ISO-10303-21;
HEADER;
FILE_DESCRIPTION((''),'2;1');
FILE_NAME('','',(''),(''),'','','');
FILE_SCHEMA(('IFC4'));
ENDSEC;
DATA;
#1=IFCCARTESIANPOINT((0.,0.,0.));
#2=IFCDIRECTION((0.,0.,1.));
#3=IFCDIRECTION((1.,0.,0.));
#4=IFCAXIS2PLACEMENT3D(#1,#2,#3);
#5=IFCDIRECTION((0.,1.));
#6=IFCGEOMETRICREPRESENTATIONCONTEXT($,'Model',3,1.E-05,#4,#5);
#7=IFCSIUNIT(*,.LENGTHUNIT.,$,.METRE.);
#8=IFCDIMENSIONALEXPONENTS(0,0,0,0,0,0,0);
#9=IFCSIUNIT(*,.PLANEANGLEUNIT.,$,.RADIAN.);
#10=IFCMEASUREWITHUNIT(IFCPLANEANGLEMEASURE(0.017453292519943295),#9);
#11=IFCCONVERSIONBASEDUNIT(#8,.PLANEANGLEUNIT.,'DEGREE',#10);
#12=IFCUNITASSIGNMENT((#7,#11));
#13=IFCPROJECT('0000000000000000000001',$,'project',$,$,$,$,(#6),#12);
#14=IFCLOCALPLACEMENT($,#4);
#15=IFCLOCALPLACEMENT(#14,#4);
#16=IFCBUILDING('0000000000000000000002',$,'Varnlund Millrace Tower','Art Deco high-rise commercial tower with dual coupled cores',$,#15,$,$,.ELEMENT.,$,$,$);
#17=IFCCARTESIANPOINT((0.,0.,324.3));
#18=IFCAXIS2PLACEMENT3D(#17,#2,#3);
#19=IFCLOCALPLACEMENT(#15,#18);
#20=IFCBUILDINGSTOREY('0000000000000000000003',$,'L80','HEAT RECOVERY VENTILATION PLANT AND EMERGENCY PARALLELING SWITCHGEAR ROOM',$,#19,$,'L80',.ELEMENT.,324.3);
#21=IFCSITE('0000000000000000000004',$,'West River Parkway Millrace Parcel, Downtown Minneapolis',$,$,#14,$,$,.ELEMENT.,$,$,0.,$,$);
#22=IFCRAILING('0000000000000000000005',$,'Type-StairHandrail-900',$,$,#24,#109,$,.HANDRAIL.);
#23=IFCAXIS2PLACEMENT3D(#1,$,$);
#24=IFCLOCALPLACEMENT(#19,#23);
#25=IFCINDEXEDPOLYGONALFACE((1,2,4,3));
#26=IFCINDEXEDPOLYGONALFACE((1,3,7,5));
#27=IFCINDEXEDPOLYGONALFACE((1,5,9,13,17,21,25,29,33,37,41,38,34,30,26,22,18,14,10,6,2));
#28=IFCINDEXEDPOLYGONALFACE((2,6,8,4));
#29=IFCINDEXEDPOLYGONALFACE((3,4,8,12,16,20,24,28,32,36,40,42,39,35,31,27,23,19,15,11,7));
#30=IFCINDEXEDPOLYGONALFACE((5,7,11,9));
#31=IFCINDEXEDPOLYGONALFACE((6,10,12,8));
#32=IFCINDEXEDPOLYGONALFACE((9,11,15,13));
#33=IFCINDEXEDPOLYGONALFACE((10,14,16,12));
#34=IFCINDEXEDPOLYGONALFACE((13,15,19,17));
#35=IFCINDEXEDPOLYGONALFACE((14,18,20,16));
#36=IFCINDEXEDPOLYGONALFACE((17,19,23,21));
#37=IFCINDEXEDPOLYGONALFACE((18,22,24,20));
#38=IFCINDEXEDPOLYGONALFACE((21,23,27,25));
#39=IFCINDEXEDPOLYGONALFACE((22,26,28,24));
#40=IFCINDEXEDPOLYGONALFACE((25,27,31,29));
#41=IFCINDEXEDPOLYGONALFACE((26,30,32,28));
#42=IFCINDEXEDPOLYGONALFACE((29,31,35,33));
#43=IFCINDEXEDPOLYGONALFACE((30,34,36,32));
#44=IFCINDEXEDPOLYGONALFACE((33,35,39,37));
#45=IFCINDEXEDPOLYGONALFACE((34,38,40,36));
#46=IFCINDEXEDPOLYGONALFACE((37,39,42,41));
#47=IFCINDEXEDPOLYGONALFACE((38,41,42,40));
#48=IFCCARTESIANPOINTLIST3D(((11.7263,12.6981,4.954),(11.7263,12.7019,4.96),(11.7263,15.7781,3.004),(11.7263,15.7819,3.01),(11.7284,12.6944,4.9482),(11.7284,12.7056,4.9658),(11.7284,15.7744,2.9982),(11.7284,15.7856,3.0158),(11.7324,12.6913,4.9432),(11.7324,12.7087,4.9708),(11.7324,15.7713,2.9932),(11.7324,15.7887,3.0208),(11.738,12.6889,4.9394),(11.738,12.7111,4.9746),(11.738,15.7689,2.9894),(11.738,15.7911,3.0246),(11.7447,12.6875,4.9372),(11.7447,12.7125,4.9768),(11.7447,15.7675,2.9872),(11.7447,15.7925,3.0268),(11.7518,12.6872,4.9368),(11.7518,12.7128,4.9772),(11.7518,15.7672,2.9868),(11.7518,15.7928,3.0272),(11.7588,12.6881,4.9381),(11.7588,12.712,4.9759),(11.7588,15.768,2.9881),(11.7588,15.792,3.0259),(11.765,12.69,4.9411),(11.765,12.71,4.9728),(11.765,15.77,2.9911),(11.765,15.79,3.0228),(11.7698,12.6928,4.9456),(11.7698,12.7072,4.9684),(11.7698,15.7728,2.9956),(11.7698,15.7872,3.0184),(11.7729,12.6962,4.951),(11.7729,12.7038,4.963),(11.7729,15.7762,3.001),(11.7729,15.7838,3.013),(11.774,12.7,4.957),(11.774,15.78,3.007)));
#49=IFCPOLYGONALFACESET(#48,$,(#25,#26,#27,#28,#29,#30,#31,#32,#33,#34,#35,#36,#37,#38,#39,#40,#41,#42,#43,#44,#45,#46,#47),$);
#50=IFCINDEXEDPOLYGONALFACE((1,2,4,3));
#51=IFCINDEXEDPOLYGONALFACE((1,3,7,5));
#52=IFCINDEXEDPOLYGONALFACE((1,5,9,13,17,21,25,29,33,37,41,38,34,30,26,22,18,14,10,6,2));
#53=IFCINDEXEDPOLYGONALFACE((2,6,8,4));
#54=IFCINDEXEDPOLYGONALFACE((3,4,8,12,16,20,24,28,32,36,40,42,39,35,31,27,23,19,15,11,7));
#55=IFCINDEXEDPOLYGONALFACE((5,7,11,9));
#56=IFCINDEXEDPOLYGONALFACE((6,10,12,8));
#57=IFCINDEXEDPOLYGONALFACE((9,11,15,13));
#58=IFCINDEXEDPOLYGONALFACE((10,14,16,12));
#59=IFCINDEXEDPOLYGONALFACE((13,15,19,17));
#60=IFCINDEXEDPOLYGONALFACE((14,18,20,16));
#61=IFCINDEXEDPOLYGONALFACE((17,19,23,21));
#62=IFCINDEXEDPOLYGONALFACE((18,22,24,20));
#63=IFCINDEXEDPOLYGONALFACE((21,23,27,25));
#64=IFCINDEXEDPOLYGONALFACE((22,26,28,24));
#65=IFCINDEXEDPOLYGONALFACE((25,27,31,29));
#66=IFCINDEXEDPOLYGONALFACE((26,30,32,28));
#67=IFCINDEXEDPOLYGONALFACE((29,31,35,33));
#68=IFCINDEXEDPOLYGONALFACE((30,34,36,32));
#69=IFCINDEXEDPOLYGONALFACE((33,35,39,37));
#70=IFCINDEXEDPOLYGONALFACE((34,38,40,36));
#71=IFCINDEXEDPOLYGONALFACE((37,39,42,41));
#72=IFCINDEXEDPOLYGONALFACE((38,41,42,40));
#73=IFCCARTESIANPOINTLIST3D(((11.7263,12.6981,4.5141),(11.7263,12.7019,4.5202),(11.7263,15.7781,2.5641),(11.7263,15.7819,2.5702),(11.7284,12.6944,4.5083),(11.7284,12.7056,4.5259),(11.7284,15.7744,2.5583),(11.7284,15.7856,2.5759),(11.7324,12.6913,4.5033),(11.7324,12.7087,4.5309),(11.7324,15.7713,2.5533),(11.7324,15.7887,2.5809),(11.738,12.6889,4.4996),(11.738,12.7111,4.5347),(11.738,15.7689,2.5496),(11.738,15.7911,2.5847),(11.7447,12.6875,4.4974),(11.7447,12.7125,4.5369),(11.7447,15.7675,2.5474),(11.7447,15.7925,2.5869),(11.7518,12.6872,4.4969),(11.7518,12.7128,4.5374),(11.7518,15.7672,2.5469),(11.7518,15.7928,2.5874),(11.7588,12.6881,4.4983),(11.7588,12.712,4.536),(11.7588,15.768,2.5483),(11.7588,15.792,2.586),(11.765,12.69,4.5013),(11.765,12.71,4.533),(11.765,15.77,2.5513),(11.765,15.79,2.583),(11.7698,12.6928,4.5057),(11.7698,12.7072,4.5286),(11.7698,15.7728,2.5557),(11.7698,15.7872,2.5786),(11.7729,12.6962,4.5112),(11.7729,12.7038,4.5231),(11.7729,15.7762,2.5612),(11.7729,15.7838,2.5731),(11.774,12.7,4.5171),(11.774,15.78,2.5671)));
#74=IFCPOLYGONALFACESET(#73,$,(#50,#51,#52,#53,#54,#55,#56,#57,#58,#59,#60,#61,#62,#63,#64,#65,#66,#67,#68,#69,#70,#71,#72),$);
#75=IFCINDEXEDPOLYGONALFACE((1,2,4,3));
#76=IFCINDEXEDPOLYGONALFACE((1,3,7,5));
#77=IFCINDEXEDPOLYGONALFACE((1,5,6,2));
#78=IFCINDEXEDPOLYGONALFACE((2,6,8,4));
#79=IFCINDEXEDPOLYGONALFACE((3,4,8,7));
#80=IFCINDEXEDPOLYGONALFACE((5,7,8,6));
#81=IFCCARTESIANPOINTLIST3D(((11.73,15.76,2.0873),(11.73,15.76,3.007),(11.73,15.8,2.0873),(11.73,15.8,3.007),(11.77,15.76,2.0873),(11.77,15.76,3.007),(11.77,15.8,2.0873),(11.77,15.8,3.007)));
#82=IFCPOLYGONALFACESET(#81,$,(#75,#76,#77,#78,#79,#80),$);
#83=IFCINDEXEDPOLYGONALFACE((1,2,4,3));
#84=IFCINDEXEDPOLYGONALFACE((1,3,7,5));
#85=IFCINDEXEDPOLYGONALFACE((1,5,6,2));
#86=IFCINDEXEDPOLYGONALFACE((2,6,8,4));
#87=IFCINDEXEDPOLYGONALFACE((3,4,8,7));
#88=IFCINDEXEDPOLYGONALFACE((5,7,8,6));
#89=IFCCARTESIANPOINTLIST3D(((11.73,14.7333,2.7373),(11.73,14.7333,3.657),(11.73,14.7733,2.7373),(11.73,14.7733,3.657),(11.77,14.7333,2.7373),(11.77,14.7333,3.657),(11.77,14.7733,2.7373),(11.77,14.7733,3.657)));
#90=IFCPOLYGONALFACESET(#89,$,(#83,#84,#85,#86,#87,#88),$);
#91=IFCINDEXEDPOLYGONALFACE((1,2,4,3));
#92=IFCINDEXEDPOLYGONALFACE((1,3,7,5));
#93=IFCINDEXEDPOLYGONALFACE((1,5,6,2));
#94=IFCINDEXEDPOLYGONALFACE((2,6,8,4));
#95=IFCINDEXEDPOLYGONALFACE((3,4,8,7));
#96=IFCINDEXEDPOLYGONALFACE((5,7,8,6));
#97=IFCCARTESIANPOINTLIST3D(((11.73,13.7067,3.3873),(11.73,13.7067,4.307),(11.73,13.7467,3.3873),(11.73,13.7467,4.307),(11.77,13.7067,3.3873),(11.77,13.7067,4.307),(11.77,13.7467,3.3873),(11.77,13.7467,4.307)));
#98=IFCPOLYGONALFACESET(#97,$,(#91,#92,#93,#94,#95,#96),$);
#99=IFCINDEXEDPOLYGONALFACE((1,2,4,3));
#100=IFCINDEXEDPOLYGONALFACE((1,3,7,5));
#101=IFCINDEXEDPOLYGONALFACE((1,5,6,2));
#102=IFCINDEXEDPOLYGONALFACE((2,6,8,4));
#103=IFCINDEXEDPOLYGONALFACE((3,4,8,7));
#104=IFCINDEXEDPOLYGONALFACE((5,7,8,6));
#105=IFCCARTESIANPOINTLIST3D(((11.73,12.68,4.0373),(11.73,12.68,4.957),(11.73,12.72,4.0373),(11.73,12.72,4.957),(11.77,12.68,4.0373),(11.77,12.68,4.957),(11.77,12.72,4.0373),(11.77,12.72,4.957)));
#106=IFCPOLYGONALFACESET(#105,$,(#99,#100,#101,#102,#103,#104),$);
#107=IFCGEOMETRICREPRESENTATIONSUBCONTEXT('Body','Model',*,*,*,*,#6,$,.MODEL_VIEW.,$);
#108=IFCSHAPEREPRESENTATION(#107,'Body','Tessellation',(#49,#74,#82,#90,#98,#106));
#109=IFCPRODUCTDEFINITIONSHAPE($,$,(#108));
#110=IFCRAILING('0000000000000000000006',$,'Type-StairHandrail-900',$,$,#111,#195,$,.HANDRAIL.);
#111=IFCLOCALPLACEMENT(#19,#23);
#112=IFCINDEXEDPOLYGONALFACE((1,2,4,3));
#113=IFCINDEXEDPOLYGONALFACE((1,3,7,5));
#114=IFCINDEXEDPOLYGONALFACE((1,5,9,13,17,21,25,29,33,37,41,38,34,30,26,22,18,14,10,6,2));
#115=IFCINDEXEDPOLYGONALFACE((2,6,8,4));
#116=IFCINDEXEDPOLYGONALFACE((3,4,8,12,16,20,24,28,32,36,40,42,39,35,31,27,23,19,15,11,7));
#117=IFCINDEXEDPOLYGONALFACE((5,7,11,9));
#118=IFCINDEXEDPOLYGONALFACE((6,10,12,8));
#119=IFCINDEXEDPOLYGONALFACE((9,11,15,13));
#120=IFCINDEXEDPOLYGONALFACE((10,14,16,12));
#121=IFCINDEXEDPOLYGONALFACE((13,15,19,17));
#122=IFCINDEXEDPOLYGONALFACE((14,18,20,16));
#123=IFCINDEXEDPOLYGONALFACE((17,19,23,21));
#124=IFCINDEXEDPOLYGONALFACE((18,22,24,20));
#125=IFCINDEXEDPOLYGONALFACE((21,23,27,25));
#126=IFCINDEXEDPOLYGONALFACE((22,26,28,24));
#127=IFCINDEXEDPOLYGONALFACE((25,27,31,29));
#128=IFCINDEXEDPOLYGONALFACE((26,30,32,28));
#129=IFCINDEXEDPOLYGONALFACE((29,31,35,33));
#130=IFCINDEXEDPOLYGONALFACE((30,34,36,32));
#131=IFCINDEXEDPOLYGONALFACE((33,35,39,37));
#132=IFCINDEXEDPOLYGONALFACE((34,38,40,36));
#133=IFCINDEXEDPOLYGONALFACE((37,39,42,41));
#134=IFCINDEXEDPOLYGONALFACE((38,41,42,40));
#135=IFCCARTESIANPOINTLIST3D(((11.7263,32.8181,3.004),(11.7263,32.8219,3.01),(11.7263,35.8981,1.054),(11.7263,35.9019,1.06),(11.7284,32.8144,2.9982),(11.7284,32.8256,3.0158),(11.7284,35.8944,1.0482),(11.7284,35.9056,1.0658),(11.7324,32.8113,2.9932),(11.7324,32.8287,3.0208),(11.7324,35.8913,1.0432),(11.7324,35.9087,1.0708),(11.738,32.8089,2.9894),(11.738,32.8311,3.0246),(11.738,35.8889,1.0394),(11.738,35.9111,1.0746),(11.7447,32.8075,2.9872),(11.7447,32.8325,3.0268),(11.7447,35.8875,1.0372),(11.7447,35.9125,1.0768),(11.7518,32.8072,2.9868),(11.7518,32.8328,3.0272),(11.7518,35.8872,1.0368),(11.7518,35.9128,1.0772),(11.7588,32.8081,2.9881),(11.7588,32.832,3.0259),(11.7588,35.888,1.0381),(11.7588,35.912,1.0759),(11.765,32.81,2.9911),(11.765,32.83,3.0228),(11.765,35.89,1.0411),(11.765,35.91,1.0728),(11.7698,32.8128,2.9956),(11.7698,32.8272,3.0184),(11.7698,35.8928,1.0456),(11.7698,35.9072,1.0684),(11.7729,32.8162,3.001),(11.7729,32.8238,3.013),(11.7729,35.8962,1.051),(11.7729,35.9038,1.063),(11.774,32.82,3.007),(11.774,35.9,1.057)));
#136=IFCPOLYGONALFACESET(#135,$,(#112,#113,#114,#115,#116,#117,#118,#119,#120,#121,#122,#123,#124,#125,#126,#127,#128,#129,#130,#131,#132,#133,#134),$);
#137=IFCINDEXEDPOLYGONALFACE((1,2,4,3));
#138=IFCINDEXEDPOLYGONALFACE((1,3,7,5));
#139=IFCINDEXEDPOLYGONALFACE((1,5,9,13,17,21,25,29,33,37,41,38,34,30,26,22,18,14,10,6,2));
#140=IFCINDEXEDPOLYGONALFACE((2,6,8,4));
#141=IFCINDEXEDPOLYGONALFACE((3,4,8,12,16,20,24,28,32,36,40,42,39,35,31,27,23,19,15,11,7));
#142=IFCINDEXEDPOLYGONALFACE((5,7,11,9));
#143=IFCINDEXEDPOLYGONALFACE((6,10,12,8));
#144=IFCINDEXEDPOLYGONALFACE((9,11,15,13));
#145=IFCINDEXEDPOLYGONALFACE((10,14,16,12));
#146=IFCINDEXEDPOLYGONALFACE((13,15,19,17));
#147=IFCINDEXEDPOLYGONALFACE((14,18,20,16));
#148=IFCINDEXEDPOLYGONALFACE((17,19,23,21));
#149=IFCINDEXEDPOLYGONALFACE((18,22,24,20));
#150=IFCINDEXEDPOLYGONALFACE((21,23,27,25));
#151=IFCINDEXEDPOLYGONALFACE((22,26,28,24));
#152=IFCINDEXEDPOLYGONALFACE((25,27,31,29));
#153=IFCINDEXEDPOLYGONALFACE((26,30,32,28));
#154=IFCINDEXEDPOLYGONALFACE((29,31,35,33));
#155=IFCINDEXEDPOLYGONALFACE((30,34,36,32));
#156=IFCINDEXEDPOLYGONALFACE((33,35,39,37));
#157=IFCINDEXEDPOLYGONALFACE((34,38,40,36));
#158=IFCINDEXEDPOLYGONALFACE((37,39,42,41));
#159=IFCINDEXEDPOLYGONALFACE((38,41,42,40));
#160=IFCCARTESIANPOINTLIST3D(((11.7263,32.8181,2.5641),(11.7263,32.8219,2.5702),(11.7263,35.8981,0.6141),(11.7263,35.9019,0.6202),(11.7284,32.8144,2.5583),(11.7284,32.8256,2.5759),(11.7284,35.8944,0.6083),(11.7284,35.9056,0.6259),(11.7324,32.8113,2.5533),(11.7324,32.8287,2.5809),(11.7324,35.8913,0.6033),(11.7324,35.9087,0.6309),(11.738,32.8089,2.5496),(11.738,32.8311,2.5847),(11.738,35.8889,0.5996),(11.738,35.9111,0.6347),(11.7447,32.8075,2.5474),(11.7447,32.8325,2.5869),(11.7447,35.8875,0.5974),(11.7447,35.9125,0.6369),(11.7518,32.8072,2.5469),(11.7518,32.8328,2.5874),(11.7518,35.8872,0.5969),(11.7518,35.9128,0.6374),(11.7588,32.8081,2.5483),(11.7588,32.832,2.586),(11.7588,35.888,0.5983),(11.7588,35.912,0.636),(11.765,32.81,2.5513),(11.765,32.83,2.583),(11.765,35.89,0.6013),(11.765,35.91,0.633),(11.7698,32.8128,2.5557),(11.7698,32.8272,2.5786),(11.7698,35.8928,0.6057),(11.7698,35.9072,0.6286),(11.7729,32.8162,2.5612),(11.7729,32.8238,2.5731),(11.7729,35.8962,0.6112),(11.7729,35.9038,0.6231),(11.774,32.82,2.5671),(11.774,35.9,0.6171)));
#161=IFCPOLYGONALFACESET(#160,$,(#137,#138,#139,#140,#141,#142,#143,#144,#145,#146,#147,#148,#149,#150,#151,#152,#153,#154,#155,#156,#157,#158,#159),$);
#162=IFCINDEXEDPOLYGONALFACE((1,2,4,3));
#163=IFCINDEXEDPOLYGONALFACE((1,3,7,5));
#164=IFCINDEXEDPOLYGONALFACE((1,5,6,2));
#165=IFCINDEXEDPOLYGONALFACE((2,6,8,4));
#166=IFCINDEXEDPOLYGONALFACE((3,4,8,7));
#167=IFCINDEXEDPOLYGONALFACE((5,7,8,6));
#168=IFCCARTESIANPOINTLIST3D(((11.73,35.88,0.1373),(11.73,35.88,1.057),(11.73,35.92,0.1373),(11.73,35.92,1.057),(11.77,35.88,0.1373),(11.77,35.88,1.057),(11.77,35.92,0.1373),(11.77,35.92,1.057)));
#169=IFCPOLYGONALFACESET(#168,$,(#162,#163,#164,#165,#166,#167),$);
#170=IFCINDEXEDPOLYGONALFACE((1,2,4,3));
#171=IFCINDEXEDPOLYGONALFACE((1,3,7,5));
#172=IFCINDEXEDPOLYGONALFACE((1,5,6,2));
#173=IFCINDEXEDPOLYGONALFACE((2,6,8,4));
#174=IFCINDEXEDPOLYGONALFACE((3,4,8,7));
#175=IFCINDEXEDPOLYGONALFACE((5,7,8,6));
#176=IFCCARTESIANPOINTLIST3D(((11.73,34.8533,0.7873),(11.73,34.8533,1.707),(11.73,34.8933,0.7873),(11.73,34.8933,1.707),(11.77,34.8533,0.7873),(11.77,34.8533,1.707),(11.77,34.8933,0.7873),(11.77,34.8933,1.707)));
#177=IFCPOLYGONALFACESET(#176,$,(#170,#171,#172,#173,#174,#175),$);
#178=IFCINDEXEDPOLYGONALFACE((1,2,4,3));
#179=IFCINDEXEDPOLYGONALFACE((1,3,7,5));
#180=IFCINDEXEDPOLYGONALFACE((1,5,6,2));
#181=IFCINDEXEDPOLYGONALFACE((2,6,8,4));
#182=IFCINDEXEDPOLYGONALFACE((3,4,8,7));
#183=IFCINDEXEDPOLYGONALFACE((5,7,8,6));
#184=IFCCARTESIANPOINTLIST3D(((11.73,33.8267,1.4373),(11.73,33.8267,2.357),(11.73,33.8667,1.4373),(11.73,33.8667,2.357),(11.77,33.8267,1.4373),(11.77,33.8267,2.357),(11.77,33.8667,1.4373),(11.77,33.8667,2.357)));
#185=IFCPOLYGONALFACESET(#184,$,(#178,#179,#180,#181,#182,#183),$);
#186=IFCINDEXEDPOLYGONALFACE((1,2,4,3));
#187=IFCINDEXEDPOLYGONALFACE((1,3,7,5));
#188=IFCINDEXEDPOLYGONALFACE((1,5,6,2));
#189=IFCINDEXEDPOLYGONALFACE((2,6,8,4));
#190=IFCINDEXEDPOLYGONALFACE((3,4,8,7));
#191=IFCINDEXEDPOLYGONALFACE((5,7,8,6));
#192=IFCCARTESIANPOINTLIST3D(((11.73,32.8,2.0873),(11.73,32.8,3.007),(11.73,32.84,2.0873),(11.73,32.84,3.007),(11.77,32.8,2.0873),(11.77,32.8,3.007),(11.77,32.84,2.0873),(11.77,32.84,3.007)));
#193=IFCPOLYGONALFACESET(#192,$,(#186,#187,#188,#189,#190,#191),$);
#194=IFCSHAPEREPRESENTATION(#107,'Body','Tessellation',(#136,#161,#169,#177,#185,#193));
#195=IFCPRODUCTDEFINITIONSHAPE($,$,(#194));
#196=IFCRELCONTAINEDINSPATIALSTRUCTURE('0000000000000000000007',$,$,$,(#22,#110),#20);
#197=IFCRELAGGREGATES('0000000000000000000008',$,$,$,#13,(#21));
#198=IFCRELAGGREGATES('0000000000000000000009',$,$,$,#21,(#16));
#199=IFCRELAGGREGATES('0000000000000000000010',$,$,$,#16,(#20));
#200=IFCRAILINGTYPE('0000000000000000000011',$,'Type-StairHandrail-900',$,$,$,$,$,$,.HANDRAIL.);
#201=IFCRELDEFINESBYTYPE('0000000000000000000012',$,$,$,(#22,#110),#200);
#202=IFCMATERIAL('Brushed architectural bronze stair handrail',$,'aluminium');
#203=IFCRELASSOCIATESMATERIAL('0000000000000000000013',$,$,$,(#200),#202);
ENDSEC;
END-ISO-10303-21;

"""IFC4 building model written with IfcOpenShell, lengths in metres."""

from ifc_helpers import new_model, entity, si_unit, converted_unit, direction, frame, origin_with_axes, origin_2d_with_axis, place, context, subcontext, project, spatial, rectangle, circle, extrude, material, type_object, element, save


model = new_model("IFC4")

# Units and contexts
model_context = context("Model", 3, precision=1e-05, world=origin_with_axes(), true_north=direction((0.0, 1.0)))
body_context = subcontext(model_context, "Body", "Model", "MODEL_VIEW")
ifc_project = project(units=[si_unit("LENGTHUNIT", "METRE"), converted_unit("PLANEANGLEUNIT", "DEGREE", entity("IfcPlaneAngleMeasure", 0.017453292519943295), si_unit("PLANEANGLEUNIT", "RADIAN"), dimensions=[0, 0, 0, 0, 0, 0, 0])], contexts=[model_context])

# Site, building, storey
site_placement = place(None, origin_with_axes())
site = spatial("IfcSite", under=ifc_project, at=site_placement, Name="West River Parkway Millrace Parcel, Downtown Minneapolis", CompositionType="ELEMENT", RefElevation=0.0)
building_placement = place(site_placement, origin_with_axes())
building = spatial("IfcBuilding", under=site, at=building_placement, Name="Varnlund Millrace Tower", Description="Art Deco high-rise commercial tower with dual coupled cores", CompositionType="ELEMENT")
storey_placement = place(building_placement, frame((0.0, 0.0, 324.3), z_axis=(0.0, 0.0, 1.0), x_axis=(1.0, 0.0, 0.0)))
storey = spatial("IfcBuildingStorey", under=building, at=storey_placement, Name="L80", Description="HEAT RECOVERY VENTILATION PLANT AND EMERGENCY PARALLELING SWITCHGEAR ROOM", LongName="L80", CompositionType="ELEMENT", Elevation=324.3)

# Railings
ifc_material_1 = material(Name="Brushed architectural bronze stair handrail", Category="aluminium")
railing_type_1 = type_object("IfcRailingType", Name="Type-StairHandrail-900", PredefinedType="HANDRAIL", material=ifc_material_1)
railing_1_placement = place(storey_placement, frame((0.0, 0.0, -324.3), z_axis=(0.0, 0.0, 1.0), x_axis=(1.0, 0.0, 0.0)))
element("IfcRailing", 1, at=railing_1_placement, inside=storey, type_object=railing_type_1, Name="Type-StairHandrail-900", PredefinedType="HANDRAIL", context=body_context, shape_type="SweptSolid", body=[
    extrude(circle(Radius=0.024, at=origin_2d_with_axis()), frame((11.75, 15.78, 327.307), z_axis=(0.0, -0.844902, 0.534922), x_axis=(1.0, 0.0, 0.0)), (0.0, 0.0, 1.0), 3.6454),
    extrude(circle(Radius=0.024, at=origin_2d_with_axis()), frame((11.75, 15.78, 326.8671), z_axis=(0.0, -0.844902, 0.534922), x_axis=(1.0, 0.0, 0.0)), (0.0, 0.0, 1.0), 3.6454),
    extrude(rectangle(XDim=0.04, YDim=0.04, at=origin_2d_with_axis()), frame((11.75, 15.78, 326.3873), z_axis=(0.0, 0.0, 1.0), x_axis=(1.0, 0.0, 0.0)), (0.0, 0.0, 1.0), 0.9197),
    extrude(rectangle(XDim=0.04, YDim=0.04, at=origin_2d_with_axis()), frame((11.75, 14.7533, 327.0373), z_axis=(0.0, 0.0, 1.0), x_axis=(1.0, 0.0, 0.0)), (0.0, 0.0, 1.0), 0.9197),
    extrude(rectangle(XDim=0.04, YDim=0.04, at=origin_2d_with_axis()), frame((11.75, 13.7267, 327.6873), z_axis=(0.0, 0.0, 1.0), x_axis=(1.0, 0.0, 0.0)), (0.0, 0.0, 1.0), 0.9197),
    extrude(rectangle(XDim=0.04, YDim=0.04, at=origin_2d_with_axis()), frame((11.75, 12.7, 328.3373), z_axis=(0.0, 0.0, 1.0), x_axis=(1.0, 0.0, 0.0)), (0.0, 0.0, 1.0), 0.9197),
])
railing_2_placement = place(storey_placement, frame((0.0, 0.0, -324.3), z_axis=(0.0, 0.0, 1.0), x_axis=(1.0, 0.0, 0.0)))
element("IfcRailing", 2, at=railing_2_placement, inside=storey, type_object=railing_type_1, Name="Type-StairHandrail-900", PredefinedType="HANDRAIL", context=body_context, shape_type="SweptSolid", body=[
    extrude(circle(Radius=0.024, at=origin_2d_with_axis()), frame((11.75, 35.9, 325.357), z_axis=(0.0, -0.844902, 0.534922), x_axis=(1.0, 0.0, 0.0)), (0.0, 0.0, 1.0), 3.6454),
    extrude(circle(Radius=0.024, at=origin_2d_with_axis()), frame((11.75, 35.9, 324.9171), z_axis=(0.0, -0.844902, 0.534922), x_axis=(1.0, 0.0, 0.0)), (0.0, 0.0, 1.0), 3.6454),
    extrude(rectangle(XDim=0.04, YDim=0.04, at=origin_2d_with_axis()), frame((11.75, 35.9, 324.4373), z_axis=(0.0, 0.0, 1.0), x_axis=(1.0, 0.0, 0.0)), (0.0, 0.0, 1.0), 0.9197),
    extrude(rectangle(XDim=0.04, YDim=0.04, at=origin_2d_with_axis()), frame((11.75, 34.8733, 325.0873), z_axis=(0.0, 0.0, 1.0), x_axis=(1.0, 0.0, 0.0)), (0.0, 0.0, 1.0), 0.9197),
    extrude(rectangle(XDim=0.04, YDim=0.04, at=origin_2d_with_axis()), frame((11.75, 33.8467, 325.7373), z_axis=(0.0, 0.0, 1.0), x_axis=(1.0, 0.0, 0.0)), (0.0, 0.0, 1.0), 0.9197),
    extrude(rectangle(XDim=0.04, YDim=0.04, at=origin_2d_with_axis()), frame((11.75, 32.82, 326.3873), z_axis=(0.0, 0.0, 1.0), x_axis=(1.0, 0.0, 0.0)), (0.0, 0.0, 1.0), 0.9197),
])

save(model, "model.ifc")
